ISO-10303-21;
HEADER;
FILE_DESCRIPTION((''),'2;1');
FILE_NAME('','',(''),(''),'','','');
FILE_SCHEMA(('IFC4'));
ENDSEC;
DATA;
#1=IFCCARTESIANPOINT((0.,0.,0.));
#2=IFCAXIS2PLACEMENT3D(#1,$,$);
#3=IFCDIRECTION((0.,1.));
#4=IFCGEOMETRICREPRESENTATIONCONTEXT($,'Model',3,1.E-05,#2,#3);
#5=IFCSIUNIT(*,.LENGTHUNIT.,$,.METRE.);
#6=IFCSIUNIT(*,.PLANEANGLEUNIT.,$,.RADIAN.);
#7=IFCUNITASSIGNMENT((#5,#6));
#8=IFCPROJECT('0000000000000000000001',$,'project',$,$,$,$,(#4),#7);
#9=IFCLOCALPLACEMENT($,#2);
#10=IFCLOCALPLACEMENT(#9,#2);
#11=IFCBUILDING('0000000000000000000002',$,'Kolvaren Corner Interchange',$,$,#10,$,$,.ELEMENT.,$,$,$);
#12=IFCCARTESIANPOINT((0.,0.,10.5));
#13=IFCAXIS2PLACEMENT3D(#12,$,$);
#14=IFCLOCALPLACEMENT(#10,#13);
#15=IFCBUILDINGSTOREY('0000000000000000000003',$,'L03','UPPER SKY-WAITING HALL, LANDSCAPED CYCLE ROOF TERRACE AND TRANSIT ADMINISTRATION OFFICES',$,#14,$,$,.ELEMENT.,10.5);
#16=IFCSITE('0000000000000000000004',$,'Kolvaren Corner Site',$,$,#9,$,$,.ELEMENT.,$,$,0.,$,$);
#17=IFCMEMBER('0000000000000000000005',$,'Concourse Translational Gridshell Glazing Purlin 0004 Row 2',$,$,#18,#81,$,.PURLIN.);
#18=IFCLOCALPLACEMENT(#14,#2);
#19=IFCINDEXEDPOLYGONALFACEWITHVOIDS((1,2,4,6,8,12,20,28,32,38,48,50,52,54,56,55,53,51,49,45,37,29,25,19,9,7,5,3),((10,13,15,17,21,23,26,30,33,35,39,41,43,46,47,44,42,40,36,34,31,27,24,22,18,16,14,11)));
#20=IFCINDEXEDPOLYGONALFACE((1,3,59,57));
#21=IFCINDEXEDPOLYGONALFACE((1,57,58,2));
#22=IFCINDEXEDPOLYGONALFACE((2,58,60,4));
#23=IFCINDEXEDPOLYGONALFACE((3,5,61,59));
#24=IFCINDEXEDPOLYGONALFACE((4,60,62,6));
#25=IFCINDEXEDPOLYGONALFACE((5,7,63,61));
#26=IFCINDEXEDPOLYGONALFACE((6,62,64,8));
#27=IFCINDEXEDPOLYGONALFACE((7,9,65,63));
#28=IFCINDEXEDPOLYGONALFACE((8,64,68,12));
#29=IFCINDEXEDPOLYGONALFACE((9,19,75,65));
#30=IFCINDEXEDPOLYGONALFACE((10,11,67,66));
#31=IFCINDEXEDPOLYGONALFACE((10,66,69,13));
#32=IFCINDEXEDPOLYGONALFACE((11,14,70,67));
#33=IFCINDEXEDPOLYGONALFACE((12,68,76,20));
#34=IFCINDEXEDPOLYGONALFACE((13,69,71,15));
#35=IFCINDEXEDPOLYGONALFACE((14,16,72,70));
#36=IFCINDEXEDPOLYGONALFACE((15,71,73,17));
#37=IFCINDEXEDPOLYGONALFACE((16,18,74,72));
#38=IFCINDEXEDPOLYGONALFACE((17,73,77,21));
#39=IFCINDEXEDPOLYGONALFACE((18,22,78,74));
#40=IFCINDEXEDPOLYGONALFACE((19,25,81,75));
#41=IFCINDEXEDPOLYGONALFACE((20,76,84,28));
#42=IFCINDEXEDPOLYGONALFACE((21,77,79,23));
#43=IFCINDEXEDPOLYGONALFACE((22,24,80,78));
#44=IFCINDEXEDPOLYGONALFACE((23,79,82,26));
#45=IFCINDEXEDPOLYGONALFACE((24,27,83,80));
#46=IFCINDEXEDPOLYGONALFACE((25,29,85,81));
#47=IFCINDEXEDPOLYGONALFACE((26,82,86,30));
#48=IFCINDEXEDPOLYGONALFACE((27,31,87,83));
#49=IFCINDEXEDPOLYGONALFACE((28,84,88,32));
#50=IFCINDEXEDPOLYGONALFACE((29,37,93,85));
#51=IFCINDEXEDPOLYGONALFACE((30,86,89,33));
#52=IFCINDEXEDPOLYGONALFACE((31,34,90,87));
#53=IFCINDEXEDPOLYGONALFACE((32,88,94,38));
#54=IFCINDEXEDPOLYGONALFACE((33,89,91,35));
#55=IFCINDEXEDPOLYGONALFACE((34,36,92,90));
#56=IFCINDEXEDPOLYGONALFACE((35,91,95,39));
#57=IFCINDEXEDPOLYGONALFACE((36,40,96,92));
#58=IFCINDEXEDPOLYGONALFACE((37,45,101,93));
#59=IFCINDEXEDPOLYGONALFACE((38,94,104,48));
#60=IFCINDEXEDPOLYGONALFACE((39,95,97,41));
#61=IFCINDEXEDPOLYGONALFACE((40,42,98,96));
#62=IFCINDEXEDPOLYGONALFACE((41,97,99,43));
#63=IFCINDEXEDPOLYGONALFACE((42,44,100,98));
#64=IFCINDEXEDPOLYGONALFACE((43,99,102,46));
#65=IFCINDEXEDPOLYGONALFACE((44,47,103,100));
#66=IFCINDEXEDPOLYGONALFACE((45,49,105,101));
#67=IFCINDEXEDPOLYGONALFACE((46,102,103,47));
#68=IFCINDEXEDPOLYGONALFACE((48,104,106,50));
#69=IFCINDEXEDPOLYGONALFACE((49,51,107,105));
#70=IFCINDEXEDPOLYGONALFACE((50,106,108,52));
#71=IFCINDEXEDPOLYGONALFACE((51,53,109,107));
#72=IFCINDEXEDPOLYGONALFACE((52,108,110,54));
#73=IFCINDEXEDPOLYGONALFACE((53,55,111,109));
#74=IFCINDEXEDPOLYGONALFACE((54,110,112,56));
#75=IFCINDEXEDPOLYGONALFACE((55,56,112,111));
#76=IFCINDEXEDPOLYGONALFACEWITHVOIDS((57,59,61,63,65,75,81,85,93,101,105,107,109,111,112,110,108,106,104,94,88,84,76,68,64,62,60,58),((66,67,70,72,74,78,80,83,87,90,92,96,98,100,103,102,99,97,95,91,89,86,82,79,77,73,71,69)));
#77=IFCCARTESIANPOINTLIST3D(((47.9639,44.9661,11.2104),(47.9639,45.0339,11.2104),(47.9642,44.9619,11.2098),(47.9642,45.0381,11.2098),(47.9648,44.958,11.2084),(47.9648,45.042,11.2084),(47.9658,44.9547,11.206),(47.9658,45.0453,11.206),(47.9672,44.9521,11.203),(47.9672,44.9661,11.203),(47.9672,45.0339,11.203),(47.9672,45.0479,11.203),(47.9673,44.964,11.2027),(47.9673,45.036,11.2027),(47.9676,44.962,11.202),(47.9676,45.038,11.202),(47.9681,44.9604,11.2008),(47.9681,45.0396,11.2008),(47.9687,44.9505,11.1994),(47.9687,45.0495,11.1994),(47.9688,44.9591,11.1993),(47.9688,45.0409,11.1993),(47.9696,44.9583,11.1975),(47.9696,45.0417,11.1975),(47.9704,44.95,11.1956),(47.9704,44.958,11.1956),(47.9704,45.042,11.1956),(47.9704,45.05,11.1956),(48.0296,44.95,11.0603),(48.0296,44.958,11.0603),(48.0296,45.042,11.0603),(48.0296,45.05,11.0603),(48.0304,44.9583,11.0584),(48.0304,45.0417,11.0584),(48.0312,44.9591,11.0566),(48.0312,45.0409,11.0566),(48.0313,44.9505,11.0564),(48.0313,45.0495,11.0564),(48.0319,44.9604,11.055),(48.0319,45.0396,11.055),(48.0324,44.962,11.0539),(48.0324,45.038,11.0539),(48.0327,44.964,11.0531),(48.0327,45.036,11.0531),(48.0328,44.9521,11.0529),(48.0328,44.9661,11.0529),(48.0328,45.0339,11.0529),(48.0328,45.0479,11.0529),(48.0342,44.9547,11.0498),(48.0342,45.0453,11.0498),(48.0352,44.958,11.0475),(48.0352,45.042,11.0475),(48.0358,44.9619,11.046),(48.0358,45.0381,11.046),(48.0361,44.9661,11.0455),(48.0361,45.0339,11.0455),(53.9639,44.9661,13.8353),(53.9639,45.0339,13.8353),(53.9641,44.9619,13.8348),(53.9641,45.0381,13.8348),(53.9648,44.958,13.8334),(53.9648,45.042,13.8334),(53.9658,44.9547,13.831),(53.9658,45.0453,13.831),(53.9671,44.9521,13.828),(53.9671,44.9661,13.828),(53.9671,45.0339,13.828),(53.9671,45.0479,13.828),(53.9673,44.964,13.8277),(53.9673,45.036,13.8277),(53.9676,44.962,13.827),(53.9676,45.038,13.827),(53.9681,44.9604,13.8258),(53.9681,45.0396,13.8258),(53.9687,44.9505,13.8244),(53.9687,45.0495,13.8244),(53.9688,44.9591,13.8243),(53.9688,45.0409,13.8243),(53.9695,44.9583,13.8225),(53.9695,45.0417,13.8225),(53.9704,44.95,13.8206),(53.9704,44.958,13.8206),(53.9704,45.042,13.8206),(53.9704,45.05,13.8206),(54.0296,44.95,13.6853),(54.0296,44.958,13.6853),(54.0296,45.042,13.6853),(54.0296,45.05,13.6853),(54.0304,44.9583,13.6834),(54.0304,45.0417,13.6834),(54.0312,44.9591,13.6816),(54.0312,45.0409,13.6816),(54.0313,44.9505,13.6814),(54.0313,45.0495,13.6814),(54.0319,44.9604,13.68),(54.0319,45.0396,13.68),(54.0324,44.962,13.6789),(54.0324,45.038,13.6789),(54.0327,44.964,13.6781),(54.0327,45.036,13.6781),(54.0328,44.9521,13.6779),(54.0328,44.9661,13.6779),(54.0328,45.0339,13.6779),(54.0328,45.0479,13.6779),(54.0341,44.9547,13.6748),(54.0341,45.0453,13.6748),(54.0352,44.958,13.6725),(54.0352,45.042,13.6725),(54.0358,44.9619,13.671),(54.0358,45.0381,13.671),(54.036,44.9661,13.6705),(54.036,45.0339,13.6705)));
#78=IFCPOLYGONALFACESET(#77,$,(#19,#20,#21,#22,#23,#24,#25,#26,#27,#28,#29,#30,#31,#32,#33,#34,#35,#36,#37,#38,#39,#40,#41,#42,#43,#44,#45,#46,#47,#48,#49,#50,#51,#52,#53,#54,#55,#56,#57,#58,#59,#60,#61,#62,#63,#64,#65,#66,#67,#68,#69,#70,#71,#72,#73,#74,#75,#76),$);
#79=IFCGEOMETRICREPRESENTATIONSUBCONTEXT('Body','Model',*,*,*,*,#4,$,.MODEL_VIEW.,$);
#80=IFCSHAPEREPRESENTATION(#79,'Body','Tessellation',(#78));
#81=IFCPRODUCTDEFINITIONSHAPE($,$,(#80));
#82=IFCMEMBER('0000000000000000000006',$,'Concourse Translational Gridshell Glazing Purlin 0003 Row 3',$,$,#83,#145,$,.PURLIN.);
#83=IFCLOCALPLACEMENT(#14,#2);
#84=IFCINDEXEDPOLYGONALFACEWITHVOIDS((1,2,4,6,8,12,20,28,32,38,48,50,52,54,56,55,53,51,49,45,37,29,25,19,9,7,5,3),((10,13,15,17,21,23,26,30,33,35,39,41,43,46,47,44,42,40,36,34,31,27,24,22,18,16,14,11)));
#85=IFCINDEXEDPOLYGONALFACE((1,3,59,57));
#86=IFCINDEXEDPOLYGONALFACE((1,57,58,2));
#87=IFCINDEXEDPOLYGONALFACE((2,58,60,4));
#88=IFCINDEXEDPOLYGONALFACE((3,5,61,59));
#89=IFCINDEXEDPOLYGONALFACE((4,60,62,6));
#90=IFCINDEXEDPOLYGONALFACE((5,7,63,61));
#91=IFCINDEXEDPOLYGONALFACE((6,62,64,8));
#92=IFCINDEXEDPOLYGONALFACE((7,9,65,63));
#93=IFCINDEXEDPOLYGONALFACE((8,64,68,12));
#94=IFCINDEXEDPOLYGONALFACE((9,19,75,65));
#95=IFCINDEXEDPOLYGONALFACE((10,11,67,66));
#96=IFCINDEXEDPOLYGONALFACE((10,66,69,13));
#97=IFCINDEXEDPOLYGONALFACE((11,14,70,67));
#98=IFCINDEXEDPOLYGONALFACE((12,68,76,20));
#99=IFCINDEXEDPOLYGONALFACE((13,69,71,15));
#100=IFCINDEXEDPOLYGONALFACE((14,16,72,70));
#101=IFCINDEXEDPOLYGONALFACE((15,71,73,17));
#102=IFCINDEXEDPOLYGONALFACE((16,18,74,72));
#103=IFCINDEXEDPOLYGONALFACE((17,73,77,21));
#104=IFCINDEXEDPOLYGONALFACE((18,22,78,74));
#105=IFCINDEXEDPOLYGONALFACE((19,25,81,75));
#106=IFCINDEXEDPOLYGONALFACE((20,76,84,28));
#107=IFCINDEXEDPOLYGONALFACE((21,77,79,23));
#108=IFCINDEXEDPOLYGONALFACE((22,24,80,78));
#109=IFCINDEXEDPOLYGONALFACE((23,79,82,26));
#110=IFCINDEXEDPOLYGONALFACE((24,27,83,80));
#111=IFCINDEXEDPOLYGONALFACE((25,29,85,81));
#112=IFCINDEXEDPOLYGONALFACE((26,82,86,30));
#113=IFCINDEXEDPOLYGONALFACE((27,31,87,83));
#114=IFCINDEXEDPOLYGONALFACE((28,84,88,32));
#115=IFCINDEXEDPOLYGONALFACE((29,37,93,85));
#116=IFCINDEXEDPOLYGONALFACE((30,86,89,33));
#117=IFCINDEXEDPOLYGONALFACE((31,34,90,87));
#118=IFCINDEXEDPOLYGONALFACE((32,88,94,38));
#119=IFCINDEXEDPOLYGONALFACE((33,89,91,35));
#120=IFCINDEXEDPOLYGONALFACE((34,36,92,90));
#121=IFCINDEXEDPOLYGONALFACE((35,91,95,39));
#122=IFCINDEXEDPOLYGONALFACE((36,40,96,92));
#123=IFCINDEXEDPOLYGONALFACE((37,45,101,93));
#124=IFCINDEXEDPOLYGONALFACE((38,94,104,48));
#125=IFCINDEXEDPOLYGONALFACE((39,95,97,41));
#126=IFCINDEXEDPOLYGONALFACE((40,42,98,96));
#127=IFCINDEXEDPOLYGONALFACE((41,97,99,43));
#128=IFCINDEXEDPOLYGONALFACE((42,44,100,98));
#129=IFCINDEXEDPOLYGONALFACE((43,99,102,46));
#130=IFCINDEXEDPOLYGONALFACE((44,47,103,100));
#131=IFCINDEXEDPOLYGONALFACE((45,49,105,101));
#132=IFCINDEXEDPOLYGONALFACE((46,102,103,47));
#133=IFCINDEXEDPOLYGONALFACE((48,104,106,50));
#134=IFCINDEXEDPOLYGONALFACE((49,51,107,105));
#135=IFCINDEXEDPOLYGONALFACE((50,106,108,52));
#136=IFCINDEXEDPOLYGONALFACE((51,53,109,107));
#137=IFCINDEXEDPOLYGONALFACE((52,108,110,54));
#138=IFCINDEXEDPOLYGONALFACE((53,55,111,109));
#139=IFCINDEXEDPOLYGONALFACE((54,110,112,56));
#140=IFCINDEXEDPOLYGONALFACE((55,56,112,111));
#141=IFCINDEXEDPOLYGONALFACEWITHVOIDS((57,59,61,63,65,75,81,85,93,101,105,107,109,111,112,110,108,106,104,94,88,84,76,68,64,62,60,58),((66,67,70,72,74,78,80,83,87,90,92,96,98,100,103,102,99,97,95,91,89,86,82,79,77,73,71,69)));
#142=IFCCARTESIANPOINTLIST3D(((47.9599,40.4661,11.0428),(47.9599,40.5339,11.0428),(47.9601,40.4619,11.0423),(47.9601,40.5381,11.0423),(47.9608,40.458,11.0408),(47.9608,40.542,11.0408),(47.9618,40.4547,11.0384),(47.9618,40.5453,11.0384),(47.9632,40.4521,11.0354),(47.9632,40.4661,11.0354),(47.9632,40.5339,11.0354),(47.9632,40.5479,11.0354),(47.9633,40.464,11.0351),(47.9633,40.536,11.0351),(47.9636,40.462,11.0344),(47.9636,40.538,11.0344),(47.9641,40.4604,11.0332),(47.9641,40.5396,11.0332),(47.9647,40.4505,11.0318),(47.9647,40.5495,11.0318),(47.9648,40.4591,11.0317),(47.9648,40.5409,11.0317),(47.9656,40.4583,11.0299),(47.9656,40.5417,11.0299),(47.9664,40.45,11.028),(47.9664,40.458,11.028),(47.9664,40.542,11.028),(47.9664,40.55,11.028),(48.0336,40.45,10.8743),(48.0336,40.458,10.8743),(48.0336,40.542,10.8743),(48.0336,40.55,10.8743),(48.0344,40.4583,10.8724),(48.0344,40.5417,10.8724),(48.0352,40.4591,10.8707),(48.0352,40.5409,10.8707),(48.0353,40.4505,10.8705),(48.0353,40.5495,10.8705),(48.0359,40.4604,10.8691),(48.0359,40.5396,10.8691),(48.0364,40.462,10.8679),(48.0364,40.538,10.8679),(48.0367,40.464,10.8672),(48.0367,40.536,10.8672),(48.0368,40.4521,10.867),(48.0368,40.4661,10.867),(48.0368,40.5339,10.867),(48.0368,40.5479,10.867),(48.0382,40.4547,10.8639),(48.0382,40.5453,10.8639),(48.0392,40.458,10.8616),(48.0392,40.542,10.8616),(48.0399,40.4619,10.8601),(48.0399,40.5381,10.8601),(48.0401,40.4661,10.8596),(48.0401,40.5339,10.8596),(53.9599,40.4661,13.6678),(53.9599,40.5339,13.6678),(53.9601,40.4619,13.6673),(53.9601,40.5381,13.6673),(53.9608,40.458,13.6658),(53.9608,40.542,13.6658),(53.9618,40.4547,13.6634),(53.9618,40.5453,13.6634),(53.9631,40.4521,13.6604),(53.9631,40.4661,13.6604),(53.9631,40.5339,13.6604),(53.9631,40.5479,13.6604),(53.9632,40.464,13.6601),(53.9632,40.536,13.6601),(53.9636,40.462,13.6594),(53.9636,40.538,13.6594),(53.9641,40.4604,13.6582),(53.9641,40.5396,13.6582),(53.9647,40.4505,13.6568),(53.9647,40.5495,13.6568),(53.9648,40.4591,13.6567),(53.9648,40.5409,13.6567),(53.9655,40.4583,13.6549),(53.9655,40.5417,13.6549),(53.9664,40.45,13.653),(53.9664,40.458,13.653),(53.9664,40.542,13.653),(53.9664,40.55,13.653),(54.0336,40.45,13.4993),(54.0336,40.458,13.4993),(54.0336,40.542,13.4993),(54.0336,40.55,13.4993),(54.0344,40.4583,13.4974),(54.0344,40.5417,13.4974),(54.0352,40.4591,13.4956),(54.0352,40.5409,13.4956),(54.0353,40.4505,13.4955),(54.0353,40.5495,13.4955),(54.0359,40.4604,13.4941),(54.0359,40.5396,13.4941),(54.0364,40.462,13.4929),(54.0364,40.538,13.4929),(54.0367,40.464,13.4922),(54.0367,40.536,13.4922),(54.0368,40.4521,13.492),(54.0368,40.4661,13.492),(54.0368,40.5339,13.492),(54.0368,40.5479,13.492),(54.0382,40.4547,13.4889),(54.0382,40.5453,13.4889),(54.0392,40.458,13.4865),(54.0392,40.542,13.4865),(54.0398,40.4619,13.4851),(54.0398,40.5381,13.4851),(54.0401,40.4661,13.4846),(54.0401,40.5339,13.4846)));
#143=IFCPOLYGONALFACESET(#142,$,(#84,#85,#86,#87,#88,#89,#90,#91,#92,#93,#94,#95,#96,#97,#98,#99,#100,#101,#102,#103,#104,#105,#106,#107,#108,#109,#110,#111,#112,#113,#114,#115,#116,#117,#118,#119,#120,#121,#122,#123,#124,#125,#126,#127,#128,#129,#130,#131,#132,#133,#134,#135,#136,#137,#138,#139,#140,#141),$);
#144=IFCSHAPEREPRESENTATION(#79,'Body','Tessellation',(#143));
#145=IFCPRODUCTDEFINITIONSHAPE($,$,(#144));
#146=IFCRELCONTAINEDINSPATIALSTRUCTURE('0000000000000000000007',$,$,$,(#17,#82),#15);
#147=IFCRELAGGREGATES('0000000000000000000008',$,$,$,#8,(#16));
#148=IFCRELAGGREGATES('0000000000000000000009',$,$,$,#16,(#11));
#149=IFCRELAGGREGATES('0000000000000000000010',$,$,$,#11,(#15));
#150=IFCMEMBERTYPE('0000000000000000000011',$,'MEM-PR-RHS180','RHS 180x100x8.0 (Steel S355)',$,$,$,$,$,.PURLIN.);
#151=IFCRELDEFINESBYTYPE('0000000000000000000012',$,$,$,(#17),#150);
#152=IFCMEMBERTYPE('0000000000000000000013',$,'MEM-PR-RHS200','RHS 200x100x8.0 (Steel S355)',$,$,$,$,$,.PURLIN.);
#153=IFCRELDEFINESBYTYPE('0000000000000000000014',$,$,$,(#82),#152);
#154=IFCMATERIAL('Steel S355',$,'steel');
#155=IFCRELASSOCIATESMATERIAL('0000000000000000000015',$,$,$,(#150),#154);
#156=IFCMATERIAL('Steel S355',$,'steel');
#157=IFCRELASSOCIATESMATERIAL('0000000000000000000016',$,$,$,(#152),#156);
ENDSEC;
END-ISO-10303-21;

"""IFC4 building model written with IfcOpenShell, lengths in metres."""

from ifc_helpers import new_model, si_unit, direction, frame, origin, origin_2d, place, context, subcontext, project, spatial, hollow_rectangle, extrude, material, material_profile, profile_set, type_object, element, save


model = new_model("IFC4")

# Units and contexts
model_context = context("Model", 3, precision=1e-05, world=origin(), true_north=direction((0.0, 1.0)))
body_context = subcontext(model_context, "Body", "Model", "MODEL_VIEW")
ifc_project = project(units=[si_unit("LENGTHUNIT", "METRE"), si_unit("PLANEANGLEUNIT", "RADIAN")], contexts=[model_context])

# Site, building, storey
site_placement = place(None, origin())
site = spatial("IfcSite", under=ifc_project, at=site_placement, Name="Kolvaren Corner Site", CompositionType="ELEMENT", RefElevation=0.0)
building_placement = place(site_placement, origin())
building = spatial("IfcBuilding", under=site, at=building_placement, Name="Kolvaren Corner Interchange", CompositionType="ELEMENT")
storey_placement = place(building_placement, frame((0.0, 0.0, 10.5)))
storey = spatial("IfcBuildingStorey", under=building, at=storey_placement, Name="L03", Description="UPPER SKY-WAITING HALL, LANDSCAPED CYCLE ROOF TERRACE AND TRANSIT ADMINISTRATION OFFICES", CompositionType="ELEMENT", Elevation=10.5)

# Members
ifc_material_1 = material(Name="Steel S355", Category="steel")
ifc_material_profile_1 = material_profile(ifc_material_1, hollow_rectangle(XDim=0.1001, YDim=0.1799, WallThickness=0.0081, InnerFilletRadius=0.0081, OuterFilletRadius=0.0161, at=origin_2d()), Name="RHS 180x100x8.0")
ifc_profile_set_1 = profile_set([ifc_material_profile_1], Name="Steel S355")
member_type_1 = type_object("IfcMemberType", Name="MEM-PR-RHS180", Description="RHS 180x100x8.0 (Steel S355)", PredefinedType="PURLIN", material=ifc_profile_set_1)
for number, where, z_axis, x_axis, name in (
    (1, (48.0, 45.0, 11.1279), (0.916157, 0.0, 0.400819), (0.0, 1.0, 0.0), "Concourse Translational Gridshell Glazing Purlin 0004 Row 2"),
):
    element("IfcMember", number, at=place(storey_placement, frame(where, z_axis=z_axis, x_axis=x_axis)), inside=storey, type_object=member_type_1, Name=name, PredefinedType="PURLIN", context=body_context, shape_type="SweptSolid", body=[
        extrude(hollow_rectangle(XDim=0.1001, YDim=0.1799, WallThickness=0.0081, InnerFilletRadius=0.0081, OuterFilletRadius=0.0161, at=origin_2d()), origin(), (0.0, 0.0, 1.0), 6.5491),
    ])
ifc_material_2 = material(Name="Steel S355", Category="steel")
ifc_material_profile_2 = material_profile(ifc_material_2, hollow_rectangle(XDim=0.1001, YDim=0.2, WallThickness=0.0081, InnerFilletRadius=0.0081, OuterFilletRadius=0.0161, at=origin_2d()), Name="RHS 200x100x8.0")
ifc_profile_set_2 = profile_set([ifc_material_profile_2], Name="Steel S355")
member_type_2 = type_object("IfcMemberType", Name="MEM-PR-RHS200", Description="RHS 200x100x8.0 (Steel S355)", PredefinedType="PURLIN", material=ifc_profile_set_2)
for number, where, z_axis, x_axis, name in (
    (2, (48.0, 40.5, 10.9512), (0.916157, 0.0, 0.400819), (0.0, 1.0, 0.0), "Concourse Translational Gridshell Glazing Purlin 0003 Row 3"),
):
    element("IfcMember", number, at=place(storey_placement, frame(where, z_axis=z_axis, x_axis=x_axis)), inside=storey, type_object=member_type_2, Name=name, PredefinedType="PURLIN", context=body_context, shape_type="SweptSolid", body=[
        extrude(hollow_rectangle(XDim=0.1001, YDim=0.2, WallThickness=0.0081, InnerFilletRadius=0.0081, OuterFilletRadius=0.0161, at=origin_2d()), origin(), (0.0, 0.0, 1.0), 6.5491),
    ])

save(model, "model.ifc")
